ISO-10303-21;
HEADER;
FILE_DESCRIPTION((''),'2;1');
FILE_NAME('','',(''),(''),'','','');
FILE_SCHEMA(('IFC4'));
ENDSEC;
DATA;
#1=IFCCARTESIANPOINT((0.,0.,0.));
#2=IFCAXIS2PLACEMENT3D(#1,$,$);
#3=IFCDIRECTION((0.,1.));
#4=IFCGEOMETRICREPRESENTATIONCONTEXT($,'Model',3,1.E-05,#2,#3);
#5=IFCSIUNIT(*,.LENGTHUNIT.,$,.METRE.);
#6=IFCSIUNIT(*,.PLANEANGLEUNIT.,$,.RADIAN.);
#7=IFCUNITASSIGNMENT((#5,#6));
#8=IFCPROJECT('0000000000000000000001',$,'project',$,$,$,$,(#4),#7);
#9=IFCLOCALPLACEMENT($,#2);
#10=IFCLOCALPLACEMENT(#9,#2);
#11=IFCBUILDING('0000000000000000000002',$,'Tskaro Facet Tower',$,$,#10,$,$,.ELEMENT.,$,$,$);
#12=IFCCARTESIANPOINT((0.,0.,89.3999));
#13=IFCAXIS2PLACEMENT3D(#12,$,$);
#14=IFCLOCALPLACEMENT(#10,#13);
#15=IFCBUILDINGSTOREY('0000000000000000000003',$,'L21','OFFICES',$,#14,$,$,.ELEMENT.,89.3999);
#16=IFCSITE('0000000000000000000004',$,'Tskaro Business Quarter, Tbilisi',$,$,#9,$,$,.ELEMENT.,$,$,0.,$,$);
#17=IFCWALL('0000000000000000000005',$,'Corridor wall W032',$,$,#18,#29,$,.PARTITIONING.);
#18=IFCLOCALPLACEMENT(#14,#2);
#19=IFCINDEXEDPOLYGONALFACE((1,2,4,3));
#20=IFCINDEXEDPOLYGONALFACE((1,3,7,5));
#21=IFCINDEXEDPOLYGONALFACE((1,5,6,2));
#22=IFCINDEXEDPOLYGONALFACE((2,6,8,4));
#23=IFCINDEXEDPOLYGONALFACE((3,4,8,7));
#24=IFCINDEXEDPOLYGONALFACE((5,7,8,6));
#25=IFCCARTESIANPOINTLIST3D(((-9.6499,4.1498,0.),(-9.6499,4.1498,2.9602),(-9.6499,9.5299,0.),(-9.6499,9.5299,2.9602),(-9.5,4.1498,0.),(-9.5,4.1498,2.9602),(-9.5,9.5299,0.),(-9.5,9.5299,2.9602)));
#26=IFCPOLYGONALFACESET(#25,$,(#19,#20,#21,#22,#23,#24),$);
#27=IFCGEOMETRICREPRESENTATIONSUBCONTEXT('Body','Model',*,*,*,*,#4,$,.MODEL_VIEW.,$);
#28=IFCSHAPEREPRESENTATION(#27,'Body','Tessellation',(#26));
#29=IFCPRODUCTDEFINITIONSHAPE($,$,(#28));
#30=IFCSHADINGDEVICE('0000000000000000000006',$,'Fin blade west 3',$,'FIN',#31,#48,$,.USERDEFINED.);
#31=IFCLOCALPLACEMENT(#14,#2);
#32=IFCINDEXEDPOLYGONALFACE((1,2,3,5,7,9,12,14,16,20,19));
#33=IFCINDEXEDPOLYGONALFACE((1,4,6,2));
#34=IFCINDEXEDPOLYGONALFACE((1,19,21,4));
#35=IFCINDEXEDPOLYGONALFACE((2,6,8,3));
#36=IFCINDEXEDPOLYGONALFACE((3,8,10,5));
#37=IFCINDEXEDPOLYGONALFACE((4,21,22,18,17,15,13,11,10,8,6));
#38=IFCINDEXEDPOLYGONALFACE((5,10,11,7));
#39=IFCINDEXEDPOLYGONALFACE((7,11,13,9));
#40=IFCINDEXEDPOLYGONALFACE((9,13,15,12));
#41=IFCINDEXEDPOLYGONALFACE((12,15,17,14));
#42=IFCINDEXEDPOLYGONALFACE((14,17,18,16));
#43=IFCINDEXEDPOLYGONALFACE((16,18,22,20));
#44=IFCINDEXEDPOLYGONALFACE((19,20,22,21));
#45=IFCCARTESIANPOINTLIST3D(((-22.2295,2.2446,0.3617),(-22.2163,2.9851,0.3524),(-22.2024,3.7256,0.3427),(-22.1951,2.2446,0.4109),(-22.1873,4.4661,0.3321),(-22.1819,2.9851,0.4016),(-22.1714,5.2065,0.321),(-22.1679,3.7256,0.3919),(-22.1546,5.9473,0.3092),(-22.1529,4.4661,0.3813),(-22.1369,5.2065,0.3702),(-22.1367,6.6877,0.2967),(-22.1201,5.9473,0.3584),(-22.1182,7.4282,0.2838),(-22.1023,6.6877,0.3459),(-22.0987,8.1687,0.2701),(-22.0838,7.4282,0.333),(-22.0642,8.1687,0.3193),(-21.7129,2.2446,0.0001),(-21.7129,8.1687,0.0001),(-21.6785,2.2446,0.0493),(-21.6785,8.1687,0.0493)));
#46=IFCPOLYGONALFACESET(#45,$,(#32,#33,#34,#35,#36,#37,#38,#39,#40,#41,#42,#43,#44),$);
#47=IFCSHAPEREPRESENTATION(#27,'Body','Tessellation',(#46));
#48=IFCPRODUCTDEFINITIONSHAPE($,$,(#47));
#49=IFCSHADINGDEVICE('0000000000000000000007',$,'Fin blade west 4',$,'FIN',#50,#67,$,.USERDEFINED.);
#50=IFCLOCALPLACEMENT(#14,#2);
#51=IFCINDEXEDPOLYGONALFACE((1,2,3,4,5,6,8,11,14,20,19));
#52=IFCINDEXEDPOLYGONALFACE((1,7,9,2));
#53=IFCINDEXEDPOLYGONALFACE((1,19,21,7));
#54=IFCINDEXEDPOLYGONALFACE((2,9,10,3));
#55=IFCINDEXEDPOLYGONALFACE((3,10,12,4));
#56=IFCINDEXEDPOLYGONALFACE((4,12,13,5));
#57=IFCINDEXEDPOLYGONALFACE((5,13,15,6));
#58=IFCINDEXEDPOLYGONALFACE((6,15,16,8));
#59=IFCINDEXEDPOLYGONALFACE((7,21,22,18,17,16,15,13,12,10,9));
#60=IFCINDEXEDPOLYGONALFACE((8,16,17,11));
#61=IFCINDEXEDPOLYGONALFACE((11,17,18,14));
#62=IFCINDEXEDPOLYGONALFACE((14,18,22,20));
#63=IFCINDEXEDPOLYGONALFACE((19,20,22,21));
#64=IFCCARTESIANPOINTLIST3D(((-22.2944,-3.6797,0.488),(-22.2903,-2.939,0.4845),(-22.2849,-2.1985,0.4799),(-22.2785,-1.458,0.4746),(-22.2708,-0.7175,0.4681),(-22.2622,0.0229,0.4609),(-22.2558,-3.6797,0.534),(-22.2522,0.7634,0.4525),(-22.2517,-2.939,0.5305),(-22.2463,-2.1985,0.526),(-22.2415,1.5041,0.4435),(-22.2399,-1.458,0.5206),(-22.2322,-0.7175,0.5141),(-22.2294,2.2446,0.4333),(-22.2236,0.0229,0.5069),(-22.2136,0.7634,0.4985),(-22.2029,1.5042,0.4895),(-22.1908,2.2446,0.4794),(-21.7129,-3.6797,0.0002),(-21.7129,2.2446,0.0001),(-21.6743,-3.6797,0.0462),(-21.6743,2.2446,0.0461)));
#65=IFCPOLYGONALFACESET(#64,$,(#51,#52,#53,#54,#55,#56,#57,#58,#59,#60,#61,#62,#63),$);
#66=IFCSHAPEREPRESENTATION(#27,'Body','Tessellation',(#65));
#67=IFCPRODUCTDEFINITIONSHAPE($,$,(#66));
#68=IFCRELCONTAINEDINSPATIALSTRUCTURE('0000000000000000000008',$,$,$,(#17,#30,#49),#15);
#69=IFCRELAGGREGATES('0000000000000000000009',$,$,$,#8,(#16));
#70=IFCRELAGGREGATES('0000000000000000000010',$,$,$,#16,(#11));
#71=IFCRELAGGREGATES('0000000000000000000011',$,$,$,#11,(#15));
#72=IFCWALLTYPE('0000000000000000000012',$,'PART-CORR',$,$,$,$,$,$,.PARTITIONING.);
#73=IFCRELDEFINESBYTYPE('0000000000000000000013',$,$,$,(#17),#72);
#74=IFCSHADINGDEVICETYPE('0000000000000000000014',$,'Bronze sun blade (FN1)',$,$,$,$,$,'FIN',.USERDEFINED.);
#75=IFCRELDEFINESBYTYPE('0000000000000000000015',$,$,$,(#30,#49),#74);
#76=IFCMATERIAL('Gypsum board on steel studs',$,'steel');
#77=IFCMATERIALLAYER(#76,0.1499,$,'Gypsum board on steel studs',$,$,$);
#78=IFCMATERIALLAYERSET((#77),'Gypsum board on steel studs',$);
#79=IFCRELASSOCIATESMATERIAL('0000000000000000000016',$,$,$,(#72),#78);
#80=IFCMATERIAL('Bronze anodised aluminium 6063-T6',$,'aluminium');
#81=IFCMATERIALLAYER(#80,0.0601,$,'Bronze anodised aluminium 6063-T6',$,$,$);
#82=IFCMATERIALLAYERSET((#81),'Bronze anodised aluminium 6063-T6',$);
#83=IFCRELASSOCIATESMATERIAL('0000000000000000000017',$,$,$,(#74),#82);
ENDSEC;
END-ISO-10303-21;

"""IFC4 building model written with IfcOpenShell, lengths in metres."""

from ifc_helpers import new_model, si_unit, direction, frame, frame_2d, origin, place, context, subcontext, project, spatial, polyline, rectangle, outline, extrude, material, layer, layer_set, type_object, element, save


model = new_model("IFC4")

# Units and contexts
model_context = context("Model", 3, precision=1e-05, world=origin(), true_north=direction((0.0, 1.0)))
body_context = subcontext(model_context, "Body", "Model", "MODEL_VIEW")
ifc_project = project(units=[si_unit("LENGTHUNIT", "METRE"), si_unit("PLANEANGLEUNIT", "RADIAN")], contexts=[model_context])

# Site, building, storey
site_placement = place(None, origin())
site = spatial("IfcSite", under=ifc_project, at=site_placement, Name="Tskaro Business Quarter, Tbilisi", CompositionType="ELEMENT", RefElevation=0.0)
building_placement = place(site_placement, origin())
building = spatial("IfcBuilding", under=site, at=building_placement, Name="Tskaro Facet Tower", CompositionType="ELEMENT")
storey_placement = place(building_placement, frame((0.0, 0.0, 89.3999)))
storey = spatial("IfcBuildingStorey", under=building, at=storey_placement, Name="L21", Description="OFFICES", CompositionType="ELEMENT", Elevation=89.3999)

# Shared definitions
ifc_material_1 = material(Name="Bronze anodised aluminium 6063-T6", Category="aluminium")

# Shared definitions
ifc_material_2 = material(Name="Gypsum board on steel studs", Category="steel")
ifc_layer_1 = layer(ifc_material_2, 0.1499, Name="Gypsum board on steel studs")
ifc_layer_set_1 = layer_set([ifc_layer_1], Name="Gypsum board on steel studs")
wall_type_1 = type_object("IfcWallType", Name="PART-CORR", PredefinedType="PARTITIONING", material=ifc_layer_set_1)

# Wall
wall_1_placement = place(storey_placement, frame((-9.575, 4.1499, 0.0), z_axis=(0.0, 0.0, 1.0), x_axis=(0.0, 1.0, 0.0)))
element("IfcWall", 1, at=wall_1_placement, inside=storey, type_object=wall_type_1, Name="Corridor wall W032", PredefinedType="PARTITIONING", context=body_context, shape_type="SweptSolid", body=[
    extrude(rectangle(XDim=5.3801, YDim=0.1499, at=frame_2d((2.6899, 0.0))), origin(), (0.0, 0.0, 1.0), 2.9602),
])

# Shading devices
ifc_layer_2 = layer(ifc_material_1, 0.0601, Name="Bronze anodised aluminium 6063-T6")
ifc_layer_set_2 = layer_set([ifc_layer_2], Name="Bronze anodised aluminium 6063-T6")
shading_device_type = type_object("IfcShadingDeviceType", Name="Bronze sun blade (FN1)", ElementType="FIN", PredefinedType="USERDEFINED", material=ifc_layer_set_2)
shading_device_1_placement = place(storey_placement, frame((-21.6785, 8.1687, 0.0493), z_axis=(0.573381, -0.000001, 0.819289), x_axis=(-0.000001, -1.0, -0.000001)))
element("IfcShadingDevice", 2, at=shading_device_1_placement, inside=storey, type_object=shading_device_type, Name="Fin blade west 3", ObjectType="FIN", PredefinedType="USERDEFINED", context=body_context, shape_type="SweptSolid", body=[
    extrude(outline(polyline([(0.0, 0.0), (5.9241, 0.0), (5.9241, -0.6306), (5.1836, -0.6144), (4.4431, -0.5974), (3.7026, -0.579), (2.9622, -0.5596), (2.2214, -0.5391), (1.481, -0.5173), (0.7405, -0.4947), (0.0, -0.4709), (0.0, 0.0)])), origin(), (0.0, 0.0, -1.0), 0.0601),
])
shading_device_2_placement = place(storey_placement, frame((-21.6743, 2.2446, 0.0461), z_axis=(0.642631, 0.000013, 0.766176), x_axis=(0.000009, -1.0, 0.00001)))
element("IfcShadingDevice", 3, at=shading_device_2_placement, inside=storey, type_object=shading_device_type, Name="Fin blade west 4", ObjectType="FIN", PredefinedType="USERDEFINED", context=body_context, shape_type="SweptSolid", body=[
    extrude(outline(polyline([(0.0, 0.0), (5.9243, 0.0), (5.9243, -0.759), (5.1836, -0.7537), (4.4431, -0.7466), (3.7026, -0.7382), (2.9622, -0.7282), (2.2217, -0.7169), (1.4812, -0.7039), (0.7405, -0.6899), (0.0, -0.6741), (0.0, 0.0)])), origin(), (0.0, 0.0, -1.0), 0.0601),
])

save(model, "model.ifc")
